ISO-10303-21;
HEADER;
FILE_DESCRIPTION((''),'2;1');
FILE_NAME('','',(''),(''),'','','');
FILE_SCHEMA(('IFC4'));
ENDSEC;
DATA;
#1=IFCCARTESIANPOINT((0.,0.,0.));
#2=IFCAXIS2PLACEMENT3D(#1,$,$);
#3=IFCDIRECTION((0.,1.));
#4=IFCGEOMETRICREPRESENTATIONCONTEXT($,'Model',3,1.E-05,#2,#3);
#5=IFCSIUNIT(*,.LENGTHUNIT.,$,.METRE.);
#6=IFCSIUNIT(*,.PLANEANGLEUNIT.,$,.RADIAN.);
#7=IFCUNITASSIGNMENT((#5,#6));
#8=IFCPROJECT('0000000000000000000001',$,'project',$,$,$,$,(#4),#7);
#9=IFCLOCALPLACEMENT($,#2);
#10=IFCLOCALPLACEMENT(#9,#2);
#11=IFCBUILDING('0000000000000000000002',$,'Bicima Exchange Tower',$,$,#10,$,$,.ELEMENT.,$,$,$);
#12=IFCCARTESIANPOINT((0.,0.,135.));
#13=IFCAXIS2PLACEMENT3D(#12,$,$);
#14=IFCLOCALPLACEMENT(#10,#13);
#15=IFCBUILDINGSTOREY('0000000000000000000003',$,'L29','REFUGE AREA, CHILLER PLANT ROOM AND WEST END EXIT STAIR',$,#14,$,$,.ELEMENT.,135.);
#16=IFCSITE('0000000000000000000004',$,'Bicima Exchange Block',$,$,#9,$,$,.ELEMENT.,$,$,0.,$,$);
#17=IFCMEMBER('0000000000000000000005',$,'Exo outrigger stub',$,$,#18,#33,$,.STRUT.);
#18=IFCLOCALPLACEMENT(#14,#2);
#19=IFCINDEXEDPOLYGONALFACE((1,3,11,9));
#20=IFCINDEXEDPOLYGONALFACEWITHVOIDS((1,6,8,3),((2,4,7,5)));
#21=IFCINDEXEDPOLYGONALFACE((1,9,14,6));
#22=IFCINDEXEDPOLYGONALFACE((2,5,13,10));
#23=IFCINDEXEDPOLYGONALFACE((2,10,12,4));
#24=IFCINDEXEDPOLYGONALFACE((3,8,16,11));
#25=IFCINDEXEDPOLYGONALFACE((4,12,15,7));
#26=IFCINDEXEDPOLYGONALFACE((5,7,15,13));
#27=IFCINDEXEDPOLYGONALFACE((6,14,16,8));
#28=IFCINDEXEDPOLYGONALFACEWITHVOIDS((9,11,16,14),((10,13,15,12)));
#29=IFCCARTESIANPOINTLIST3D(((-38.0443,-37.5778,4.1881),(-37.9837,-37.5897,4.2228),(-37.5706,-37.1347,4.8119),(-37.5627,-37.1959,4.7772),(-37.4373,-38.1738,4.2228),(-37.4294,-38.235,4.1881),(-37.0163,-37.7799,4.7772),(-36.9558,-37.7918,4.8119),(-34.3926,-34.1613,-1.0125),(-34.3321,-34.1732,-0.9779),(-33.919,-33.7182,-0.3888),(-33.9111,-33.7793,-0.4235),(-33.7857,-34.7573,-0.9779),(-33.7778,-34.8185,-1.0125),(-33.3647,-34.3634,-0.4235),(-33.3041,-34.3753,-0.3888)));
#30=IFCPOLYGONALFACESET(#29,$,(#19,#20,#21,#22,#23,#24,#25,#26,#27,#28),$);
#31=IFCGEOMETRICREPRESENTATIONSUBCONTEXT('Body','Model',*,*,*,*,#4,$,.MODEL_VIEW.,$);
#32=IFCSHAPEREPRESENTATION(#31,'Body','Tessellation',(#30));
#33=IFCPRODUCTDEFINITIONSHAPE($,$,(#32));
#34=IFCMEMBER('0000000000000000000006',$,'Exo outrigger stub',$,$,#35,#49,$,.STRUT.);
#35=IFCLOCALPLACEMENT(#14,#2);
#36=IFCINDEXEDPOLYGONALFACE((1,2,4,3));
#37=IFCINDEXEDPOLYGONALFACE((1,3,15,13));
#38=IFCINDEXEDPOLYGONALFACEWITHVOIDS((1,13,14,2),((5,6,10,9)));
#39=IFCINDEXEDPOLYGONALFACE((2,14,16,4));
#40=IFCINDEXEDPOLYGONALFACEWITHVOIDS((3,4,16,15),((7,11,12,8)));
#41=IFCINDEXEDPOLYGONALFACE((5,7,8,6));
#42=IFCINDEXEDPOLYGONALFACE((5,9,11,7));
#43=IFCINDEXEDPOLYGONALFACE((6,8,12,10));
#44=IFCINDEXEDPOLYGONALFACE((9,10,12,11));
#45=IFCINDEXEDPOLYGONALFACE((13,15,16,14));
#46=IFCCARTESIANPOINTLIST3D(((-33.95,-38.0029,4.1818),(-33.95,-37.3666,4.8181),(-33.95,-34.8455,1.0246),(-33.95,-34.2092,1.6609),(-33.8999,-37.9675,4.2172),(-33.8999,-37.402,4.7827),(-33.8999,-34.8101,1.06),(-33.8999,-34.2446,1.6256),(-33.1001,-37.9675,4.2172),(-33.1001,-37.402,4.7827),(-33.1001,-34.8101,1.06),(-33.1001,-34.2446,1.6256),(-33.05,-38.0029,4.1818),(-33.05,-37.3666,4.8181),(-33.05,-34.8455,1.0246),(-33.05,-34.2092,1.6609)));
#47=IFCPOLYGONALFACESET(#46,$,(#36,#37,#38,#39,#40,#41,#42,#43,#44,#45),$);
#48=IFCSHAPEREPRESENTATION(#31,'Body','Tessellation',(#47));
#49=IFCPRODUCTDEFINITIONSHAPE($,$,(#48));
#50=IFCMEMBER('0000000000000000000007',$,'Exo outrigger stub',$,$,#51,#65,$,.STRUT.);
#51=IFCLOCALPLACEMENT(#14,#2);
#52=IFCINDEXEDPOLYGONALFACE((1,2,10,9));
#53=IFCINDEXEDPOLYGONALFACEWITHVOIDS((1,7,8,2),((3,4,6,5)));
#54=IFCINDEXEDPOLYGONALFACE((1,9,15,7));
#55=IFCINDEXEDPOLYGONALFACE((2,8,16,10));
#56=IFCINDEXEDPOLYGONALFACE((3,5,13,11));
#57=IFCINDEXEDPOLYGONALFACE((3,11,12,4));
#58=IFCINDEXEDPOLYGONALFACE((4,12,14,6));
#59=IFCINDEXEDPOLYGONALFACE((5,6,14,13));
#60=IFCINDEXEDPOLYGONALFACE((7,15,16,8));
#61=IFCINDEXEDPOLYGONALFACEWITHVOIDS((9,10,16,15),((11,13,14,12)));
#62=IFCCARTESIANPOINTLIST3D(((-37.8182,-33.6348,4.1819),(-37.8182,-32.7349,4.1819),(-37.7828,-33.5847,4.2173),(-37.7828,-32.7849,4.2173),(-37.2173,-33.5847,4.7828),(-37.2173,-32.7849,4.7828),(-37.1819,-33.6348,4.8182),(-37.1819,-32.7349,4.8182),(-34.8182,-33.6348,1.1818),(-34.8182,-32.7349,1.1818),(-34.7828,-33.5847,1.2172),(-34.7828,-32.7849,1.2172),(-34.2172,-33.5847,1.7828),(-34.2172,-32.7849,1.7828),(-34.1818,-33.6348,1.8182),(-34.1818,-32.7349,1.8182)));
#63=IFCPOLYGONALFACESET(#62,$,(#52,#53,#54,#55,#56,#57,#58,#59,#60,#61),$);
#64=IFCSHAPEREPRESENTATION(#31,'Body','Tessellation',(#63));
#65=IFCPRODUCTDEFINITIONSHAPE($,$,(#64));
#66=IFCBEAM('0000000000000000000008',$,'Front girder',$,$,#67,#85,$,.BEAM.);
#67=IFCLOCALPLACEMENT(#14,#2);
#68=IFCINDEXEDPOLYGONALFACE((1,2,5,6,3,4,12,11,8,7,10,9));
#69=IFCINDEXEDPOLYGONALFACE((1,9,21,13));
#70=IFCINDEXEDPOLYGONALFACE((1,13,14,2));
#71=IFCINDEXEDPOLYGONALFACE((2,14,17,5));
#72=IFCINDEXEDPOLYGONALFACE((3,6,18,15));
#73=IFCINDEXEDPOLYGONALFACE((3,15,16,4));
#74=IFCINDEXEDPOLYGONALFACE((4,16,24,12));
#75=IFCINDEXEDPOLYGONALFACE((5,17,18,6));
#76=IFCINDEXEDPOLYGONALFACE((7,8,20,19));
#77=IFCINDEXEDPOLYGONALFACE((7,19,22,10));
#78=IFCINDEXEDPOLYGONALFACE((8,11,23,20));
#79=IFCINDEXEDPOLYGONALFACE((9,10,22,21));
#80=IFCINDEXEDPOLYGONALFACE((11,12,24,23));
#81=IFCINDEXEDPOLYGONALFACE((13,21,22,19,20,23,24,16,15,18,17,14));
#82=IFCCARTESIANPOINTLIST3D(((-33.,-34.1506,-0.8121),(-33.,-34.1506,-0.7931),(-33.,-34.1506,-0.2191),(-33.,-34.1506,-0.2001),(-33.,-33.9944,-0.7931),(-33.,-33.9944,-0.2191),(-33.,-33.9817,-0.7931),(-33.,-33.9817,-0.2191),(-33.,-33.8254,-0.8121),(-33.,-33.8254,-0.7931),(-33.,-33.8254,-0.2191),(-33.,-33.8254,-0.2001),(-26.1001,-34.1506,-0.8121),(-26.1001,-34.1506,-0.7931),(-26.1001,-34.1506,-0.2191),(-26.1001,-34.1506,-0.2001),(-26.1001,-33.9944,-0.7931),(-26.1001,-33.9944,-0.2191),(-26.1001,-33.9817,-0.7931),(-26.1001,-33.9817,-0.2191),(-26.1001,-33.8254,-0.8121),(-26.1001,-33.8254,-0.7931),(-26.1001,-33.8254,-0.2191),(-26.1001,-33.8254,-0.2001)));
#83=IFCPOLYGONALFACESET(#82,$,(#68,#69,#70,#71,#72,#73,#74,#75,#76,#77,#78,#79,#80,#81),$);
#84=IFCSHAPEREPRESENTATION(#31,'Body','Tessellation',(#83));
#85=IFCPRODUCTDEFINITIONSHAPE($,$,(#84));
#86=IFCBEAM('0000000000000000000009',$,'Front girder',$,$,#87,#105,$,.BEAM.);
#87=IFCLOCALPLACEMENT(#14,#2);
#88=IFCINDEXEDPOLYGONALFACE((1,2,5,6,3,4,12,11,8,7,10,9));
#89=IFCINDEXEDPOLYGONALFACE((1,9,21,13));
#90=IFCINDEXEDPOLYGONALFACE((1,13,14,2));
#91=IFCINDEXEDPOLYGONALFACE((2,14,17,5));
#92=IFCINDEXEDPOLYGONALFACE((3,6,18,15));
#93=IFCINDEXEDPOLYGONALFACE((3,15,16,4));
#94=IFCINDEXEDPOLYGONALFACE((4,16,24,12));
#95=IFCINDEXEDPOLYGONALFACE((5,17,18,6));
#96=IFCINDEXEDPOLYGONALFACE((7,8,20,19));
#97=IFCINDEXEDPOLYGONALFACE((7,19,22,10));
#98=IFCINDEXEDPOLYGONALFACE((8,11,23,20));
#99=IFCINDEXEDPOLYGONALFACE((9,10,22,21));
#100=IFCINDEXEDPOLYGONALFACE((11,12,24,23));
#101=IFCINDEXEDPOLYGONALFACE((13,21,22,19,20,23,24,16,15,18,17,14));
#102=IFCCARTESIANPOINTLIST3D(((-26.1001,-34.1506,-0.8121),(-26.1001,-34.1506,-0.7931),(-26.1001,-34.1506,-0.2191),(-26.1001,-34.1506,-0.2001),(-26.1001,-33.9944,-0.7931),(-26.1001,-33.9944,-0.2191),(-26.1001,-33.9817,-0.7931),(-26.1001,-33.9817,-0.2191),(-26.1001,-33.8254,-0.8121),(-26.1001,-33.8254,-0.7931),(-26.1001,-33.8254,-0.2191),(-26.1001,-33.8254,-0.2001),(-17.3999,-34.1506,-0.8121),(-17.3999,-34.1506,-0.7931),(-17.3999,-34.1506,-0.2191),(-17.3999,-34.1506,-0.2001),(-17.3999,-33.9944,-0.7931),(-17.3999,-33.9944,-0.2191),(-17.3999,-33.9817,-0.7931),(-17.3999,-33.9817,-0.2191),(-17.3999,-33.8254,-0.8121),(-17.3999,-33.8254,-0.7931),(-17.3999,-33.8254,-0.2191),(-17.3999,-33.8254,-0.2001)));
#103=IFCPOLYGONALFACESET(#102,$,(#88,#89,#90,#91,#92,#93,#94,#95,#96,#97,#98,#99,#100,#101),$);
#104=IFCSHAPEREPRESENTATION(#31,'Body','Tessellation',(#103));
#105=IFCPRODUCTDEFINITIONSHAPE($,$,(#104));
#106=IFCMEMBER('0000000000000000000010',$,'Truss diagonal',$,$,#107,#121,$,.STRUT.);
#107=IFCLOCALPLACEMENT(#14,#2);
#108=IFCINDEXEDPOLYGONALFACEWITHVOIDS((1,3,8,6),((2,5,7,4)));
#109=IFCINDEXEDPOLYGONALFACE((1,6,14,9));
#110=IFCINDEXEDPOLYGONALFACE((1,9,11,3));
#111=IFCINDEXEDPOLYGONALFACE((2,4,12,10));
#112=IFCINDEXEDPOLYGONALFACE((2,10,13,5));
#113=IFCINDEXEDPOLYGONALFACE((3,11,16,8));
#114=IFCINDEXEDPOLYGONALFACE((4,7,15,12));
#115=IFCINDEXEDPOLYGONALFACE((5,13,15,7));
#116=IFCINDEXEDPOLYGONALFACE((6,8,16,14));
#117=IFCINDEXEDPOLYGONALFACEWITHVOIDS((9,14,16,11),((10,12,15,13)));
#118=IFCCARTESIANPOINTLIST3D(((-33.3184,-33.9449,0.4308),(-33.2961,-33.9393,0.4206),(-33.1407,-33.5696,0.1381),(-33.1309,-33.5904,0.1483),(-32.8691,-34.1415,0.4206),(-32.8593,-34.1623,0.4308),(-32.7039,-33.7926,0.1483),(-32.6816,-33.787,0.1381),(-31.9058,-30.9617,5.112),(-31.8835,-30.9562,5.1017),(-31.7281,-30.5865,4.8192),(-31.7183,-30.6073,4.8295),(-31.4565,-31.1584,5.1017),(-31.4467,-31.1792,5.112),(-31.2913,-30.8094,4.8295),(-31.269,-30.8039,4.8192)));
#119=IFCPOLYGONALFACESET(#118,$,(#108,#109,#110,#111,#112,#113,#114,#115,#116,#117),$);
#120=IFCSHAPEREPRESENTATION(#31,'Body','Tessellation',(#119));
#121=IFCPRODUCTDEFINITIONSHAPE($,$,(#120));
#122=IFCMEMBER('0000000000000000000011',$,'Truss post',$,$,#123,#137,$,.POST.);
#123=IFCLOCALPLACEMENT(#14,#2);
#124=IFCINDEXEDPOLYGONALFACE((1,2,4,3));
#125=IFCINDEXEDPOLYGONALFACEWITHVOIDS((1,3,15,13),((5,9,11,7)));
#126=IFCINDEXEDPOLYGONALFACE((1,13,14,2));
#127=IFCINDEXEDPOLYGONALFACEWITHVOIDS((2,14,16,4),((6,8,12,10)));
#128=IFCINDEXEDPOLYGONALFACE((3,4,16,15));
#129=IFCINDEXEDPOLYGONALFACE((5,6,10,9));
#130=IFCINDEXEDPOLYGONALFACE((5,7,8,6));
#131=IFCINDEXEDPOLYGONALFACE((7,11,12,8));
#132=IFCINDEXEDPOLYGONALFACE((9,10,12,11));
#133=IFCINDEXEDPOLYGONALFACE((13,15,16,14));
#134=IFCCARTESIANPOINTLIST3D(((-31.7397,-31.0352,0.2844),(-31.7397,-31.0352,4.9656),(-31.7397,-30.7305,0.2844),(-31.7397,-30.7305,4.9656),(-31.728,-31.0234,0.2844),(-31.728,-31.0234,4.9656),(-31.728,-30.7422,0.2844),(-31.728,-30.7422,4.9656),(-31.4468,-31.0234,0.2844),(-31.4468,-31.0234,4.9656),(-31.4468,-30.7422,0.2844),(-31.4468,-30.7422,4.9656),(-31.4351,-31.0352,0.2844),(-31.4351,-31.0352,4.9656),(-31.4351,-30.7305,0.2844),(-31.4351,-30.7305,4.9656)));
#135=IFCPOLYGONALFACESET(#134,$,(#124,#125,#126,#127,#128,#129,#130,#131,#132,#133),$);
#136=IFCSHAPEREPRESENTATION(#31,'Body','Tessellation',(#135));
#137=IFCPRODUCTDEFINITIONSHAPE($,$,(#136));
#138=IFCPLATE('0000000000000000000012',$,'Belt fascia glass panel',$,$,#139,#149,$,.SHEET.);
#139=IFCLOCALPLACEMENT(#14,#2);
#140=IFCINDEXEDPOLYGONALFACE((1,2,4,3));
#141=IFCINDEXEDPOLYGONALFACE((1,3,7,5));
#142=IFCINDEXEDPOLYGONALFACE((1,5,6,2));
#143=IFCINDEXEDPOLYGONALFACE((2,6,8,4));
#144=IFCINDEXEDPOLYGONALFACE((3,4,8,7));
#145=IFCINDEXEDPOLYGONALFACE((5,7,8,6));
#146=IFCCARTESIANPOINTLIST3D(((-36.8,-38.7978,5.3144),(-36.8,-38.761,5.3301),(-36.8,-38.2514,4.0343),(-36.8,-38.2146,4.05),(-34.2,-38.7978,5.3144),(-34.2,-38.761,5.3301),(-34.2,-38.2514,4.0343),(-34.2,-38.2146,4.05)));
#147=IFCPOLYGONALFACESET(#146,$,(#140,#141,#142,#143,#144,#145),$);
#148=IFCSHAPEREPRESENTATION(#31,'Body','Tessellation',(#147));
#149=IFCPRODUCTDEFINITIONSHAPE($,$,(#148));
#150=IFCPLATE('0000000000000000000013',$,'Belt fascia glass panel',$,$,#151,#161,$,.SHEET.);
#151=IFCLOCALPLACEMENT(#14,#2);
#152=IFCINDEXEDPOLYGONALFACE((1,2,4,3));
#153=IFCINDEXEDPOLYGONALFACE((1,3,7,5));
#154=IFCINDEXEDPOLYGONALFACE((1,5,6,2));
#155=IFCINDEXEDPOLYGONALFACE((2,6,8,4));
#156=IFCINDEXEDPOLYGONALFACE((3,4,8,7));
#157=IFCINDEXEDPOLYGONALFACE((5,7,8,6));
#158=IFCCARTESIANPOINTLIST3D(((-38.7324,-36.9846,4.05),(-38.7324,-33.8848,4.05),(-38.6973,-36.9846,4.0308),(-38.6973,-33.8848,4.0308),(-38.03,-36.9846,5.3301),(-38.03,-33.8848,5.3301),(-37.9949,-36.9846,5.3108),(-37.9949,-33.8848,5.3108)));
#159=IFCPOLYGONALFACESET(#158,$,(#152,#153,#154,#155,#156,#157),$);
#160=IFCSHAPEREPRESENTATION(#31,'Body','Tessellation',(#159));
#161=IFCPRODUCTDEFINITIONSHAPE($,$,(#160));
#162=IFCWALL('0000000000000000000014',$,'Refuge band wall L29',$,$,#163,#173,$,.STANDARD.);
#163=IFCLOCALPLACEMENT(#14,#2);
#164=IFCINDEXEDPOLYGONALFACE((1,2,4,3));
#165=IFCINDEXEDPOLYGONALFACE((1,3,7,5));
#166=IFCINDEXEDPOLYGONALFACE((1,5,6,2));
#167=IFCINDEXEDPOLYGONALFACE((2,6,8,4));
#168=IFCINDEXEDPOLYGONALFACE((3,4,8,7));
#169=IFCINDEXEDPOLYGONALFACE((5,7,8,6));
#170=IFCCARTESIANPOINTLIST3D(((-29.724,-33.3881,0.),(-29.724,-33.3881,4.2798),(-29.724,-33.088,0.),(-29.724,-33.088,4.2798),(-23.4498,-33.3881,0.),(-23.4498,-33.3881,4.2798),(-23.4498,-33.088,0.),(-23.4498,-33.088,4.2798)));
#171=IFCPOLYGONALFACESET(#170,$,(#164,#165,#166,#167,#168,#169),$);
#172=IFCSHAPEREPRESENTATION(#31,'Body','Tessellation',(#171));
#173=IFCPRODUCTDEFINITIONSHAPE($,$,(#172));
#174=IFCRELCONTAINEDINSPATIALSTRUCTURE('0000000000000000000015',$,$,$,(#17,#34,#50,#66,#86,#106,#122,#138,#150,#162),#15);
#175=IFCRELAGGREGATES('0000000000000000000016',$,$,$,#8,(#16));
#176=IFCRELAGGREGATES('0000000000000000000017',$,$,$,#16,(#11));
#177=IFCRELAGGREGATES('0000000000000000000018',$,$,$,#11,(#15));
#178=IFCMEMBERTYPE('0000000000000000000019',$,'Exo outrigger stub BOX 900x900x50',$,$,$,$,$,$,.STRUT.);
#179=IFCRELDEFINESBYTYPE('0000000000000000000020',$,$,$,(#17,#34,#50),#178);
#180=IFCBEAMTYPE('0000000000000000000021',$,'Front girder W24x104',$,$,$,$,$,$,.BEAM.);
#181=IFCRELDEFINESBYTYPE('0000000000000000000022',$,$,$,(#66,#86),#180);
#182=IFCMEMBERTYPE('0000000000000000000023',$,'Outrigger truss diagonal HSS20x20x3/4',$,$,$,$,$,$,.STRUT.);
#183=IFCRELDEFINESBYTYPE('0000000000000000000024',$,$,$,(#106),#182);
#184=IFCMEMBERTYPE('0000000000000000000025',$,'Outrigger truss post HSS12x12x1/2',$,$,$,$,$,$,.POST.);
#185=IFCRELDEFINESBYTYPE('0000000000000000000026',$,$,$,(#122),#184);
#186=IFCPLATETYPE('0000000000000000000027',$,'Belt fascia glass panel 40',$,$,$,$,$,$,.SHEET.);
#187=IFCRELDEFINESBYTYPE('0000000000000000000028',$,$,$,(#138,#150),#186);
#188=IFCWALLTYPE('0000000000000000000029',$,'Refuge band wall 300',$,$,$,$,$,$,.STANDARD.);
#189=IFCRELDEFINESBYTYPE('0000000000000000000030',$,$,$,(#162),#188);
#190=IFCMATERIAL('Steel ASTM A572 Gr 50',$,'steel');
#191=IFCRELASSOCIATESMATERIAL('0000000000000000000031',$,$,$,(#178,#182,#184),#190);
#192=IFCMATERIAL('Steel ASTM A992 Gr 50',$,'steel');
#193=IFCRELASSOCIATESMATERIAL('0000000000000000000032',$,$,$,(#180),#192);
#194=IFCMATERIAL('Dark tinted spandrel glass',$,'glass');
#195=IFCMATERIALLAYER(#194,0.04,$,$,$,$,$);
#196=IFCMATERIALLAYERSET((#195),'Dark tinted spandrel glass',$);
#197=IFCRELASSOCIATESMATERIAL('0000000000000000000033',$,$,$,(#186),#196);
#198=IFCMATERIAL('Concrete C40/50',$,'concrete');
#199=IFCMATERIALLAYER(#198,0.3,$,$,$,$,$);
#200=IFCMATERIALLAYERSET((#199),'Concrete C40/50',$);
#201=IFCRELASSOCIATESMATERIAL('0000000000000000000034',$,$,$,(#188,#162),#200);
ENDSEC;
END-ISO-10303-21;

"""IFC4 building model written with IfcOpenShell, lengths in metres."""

from ifc_helpers import new_model, si_unit, direction, frame, frame_2d, origin, origin_2d, place, context, subcontext, project, spatial, polyline, rectangle, hollow_rectangle, i_section, outline, extrude, material, layer, layer_set, layer_usage, material_profile, profile_set, type_object, element, save


model = new_model("IFC4")

# Units and contexts
model_context = context("Model", 3, precision=1e-05, world=origin(), true_north=direction((0.0, 1.0)))
body_context = subcontext(model_context, "Body", "Model", "MODEL_VIEW")
ifc_project = project(units=[si_unit("LENGTHUNIT", "METRE"), si_unit("PLANEANGLEUNIT", "RADIAN")], contexts=[model_context])

# Site, building, storey
site_placement = place(None, origin())
site = spatial("IfcSite", under=ifc_project, at=site_placement, Name="Bicima Exchange Block", CompositionType="ELEMENT", RefElevation=0.0)
building_placement = place(site_placement, origin())
building = spatial("IfcBuilding", under=site, at=building_placement, Name="Bicima Exchange Tower", CompositionType="ELEMENT")
storey_placement = place(building_placement, frame((0.0, 0.0, 135.0)))
storey = spatial("IfcBuildingStorey", under=building, at=storey_placement, Name="L29", Description="REFUGE AREA, CHILLER PLANT ROOM AND WEST END EXIT STAIR", CompositionType="ELEMENT", Elevation=135.0)

# Shared definitions
ifc_material_1 = material(Name="Steel ASTM A572 Gr 50", Category="steel")
ifc_material_2 = material(Name="Steel ASTM A992 Gr 50", Category="steel")

# Members
ifc_material_profile_1 = material_profile(ifc_material_1, hollow_rectangle(XDim=0.8999, YDim=0.8999, WallThickness=0.05, at=origin_2d()))
ifc_profile_set_1 = profile_set([ifc_material_profile_1], Name="Steel ASTM A572 Gr 50")
member_type_1 = type_object("IfcMemberType", Name="Exo outrigger stub BOX 900x900x50", PredefinedType="STRUT", material=ifc_profile_set_1)
member_1_placement = place(storey_placement, frame((-33.8484, -34.2683, -0.7007), z_axis=(-0.506125, -0.473539, 0.720832), x_axis=(0.683208, -0.730223, 0.0)))
element("IfcMember", 1, at=member_1_placement, inside=storey, type_object=member_type_1, Name="Exo outrigger stub", PredefinedType="STRUT", context=body_context, shape_type="SweptSolid", body=[
    extrude(hollow_rectangle(XDim=0.8999, YDim=0.8999, WallThickness=0.05, at=origin_2d()), origin(), (0.0, 0.0, 1.0), 7.2148),
])
member_2_placement = place(storey_placement, frame((-33.5, -34.5273, 1.3428), z_axis=(0.0, -0.707134, 0.707079), x_axis=(1.0, 0.0, 0.0)))
element("IfcMember", 2, at=member_2_placement, inside=storey, type_object=member_type_1, Name="Exo outrigger stub", PredefinedType="STRUT", context=body_context, shape_type="SweptSolid", body=[
    extrude(hollow_rectangle(XDim=0.8999, YDim=0.8999, WallThickness=0.05, at=origin_2d()), origin(), (0.0, 0.0, 1.0), 4.4651),
])
member_3_placement = place(storey_placement, frame((-34.5, -33.1848, 1.5), z_axis=(-0.707107, 0.0, 0.707107), x_axis=(0.0, -1.0, 0.0)))
element("IfcMember", 3, at=member_3_placement, inside=storey, type_object=member_type_1, Name="Exo outrigger stub", PredefinedType="STRUT", context=body_context, shape_type="SweptSolid", body=[
    extrude(hollow_rectangle(XDim=0.8999, YDim=0.8999, WallThickness=0.05, at=origin_2d()), origin(), (0.0, 0.0, 1.0), 4.2427),
])

# Beams
ifc_material_profile_2 = material_profile(ifc_material_2, i_section(OverallWidth=0.3252, OverallDepth=0.6121, WebThickness=0.0127, FlangeThickness=0.019, at=origin_2d()))
ifc_profile_set_2 = profile_set([ifc_material_profile_2], Name="Steel ASTM A992 Gr 50")
beam_type_1 = type_object("IfcBeamType", Name="Front girder W24x104", PredefinedType="BEAM", material=ifc_profile_set_2)
beam_1_placement = place(storey_placement, frame((-33.0, -33.988, -0.5061), z_axis=(1.0, 0.0, 0.0), x_axis=(0.0, 1.0, 0.0)))
element("IfcBeam", 4, at=beam_1_placement, inside=storey, type_object=beam_type_1, Name="Front girder", PredefinedType="BEAM", context=body_context, shape_type="SweptSolid", body=[
    extrude(i_section(OverallWidth=0.3252, OverallDepth=0.6121, WebThickness=0.0127, FlangeThickness=0.019, at=origin_2d()), origin(), (0.0, 0.0, 1.0), 6.8999),
])
beam_2_placement = place(storey_placement, frame((-26.1001, -33.988, -0.5061), z_axis=(1.0, 0.0, 0.0), x_axis=(0.0, 1.0, 0.0)))
element("IfcBeam", 5, at=beam_2_placement, inside=storey, type_object=beam_type_1, Name="Front girder", PredefinedType="BEAM", context=body_context, shape_type="SweptSolid", body=[
    extrude(i_section(OverallWidth=0.3252, OverallDepth=0.6121, WebThickness=0.0127, FlangeThickness=0.019, at=origin_2d()), origin(), (0.0, 0.0, 1.0), 8.7002),
])

# Members
ifc_material_profile_3 = material_profile(ifc_material_1, hollow_rectangle(XDim=0.5081, YDim=0.5081, WallThickness=0.0178, at=origin_2d()))
ifc_profile_set_3 = profile_set([ifc_material_profile_3], Name="Steel ASTM A572 Gr 50")
member_type_2 = type_object("IfcMemberType", Name="Outrigger truss diagonal HSS20x20x3/4", PredefinedType="STRUT", material=ifc_profile_set_3)
member_4_placement = place(storey_placement, frame((-31.5874, -30.8828, 4.9656), z_axis=(-0.246621, -0.520819, -0.817267), x_axis=(0.903794, -0.427969, 0.0)))
element("IfcMember", 6, at=member_4_placement, inside=storey, type_object=member_type_2, Name="Truss diagonal", PredefinedType="STRUT", context=body_context, shape_type="SweptSolid", body=[
    extrude(hollow_rectangle(XDim=0.5081, YDim=0.5081, WallThickness=0.0178, at=origin_2d()), origin(), (0.0, 0.0, 1.0), 5.7278),
])
ifc_material_profile_4 = material_profile(ifc_material_1, hollow_rectangle(XDim=0.3047, YDim=0.3047, WallThickness=0.0117, at=origin_2d()))
ifc_profile_set_4 = profile_set([ifc_material_profile_4], Name="Steel ASTM A572 Gr 50")
member_type_3 = type_object("IfcMemberType", Name="Outrigger truss post HSS12x12x1/2", PredefinedType="POST", material=ifc_profile_set_4)
member_5_placement = place(storey_placement, frame((-31.5874, -30.8828, 0.2844), z_axis=(0.0, 0.0, 1.0), x_axis=(1.0, 0.0, 0.0)))
element("IfcMember", 7, at=member_5_placement, inside=storey, type_object=member_type_3, Name="Truss post", PredefinedType="POST", context=body_context, shape_type="SweptSolid", body=[
    extrude(hollow_rectangle(XDim=0.3047, YDim=0.3047, WallThickness=0.0117, at=origin_2d()), origin(), (0.0, 0.0, 1.0), 4.6812),
])

# Plates
ifc_material_3 = material(Name="Dark tinted spandrel glass", Category="glass")
ifc_layer_1 = layer(ifc_material_3, 0.04)
ifc_layer_set_1 = layer_set([ifc_layer_1], Name="Dark tinted spandrel glass")
plate_type = type_object("IfcPlateType", Name="Belt fascia glass panel 40", PredefinedType="SHEET", material=ifc_layer_set_1)
plate_1_placement = place(storey_placement, frame((-36.8, -38.2146, 4.05), z_axis=(0.0, 0.919716, 0.392585), x_axis=(1.0, 0.0, 0.0)))
element("IfcPlate", 8, at=plate_1_placement, inside=storey, type_object=plate_type, Name="Belt fascia glass panel", PredefinedType="SHEET", context=body_context, shape_type="SweptSolid", body=[
    extrude(outline(polyline([(0.0, 0.0), (2.6001, 0.0), (2.6001, -1.3918), (0.0, -1.3918), (0.0, 0.0)])), origin(), (0.0, 0.0, -1.0), 0.04),
])
plate_2_placement = place(storey_placement, frame((-38.7324, -33.8848, 4.05), z_axis=(-0.876685, 0.0, 0.481065), x_axis=(0.0, -1.0, 0.0)))
element("IfcPlate", 9, at=plate_2_placement, inside=storey, type_object=plate_type, Name="Belt fascia glass panel", PredefinedType="SHEET", context=body_context, shape_type="SweptSolid", body=[
    extrude(outline(polyline([(0.0, 0.0), (3.0999, 0.0), (3.0999, 1.4601), (0.0, 1.4601), (0.0, 0.0)])), origin(), (0.0, 0.0, -1.0), 0.04),
])

# Wall
ifc_material_4 = material(Name="Concrete C40/50", Category="concrete")
ifc_layer_2 = layer(ifc_material_4, 0.3)
ifc_layer_set_2 = layer_set([ifc_layer_2], Name="Concrete C40/50")
ifc_layer_usage = layer_usage(ifc_layer_set_2, "AXIS2", "POSITIVE", -0.15)
wall_type = type_object("IfcWallType", Name="Refuge band wall 300", PredefinedType="STANDARD", material=ifc_layer_set_2)
wall_placement = place(storey_placement, frame((-29.7241, -33.238, 0.0), z_axis=(0.0, 0.0, 1.0), x_axis=(1.0, 0.0, 0.0)))
element("IfcWall", 10, at=wall_placement, inside=storey, type_object=wall_type, material=ifc_layer_usage, Name="Refuge band wall L29", PredefinedType="STANDARD", context=body_context, shape_type="SweptSolid", body=[
    extrude(rectangle(XDim=6.2742, YDim=0.3, at=frame_2d((3.1372, 0.0))), origin(), (0.0, 0.0, 1.0), 4.2798),
])

save(model, "model.ifc")
